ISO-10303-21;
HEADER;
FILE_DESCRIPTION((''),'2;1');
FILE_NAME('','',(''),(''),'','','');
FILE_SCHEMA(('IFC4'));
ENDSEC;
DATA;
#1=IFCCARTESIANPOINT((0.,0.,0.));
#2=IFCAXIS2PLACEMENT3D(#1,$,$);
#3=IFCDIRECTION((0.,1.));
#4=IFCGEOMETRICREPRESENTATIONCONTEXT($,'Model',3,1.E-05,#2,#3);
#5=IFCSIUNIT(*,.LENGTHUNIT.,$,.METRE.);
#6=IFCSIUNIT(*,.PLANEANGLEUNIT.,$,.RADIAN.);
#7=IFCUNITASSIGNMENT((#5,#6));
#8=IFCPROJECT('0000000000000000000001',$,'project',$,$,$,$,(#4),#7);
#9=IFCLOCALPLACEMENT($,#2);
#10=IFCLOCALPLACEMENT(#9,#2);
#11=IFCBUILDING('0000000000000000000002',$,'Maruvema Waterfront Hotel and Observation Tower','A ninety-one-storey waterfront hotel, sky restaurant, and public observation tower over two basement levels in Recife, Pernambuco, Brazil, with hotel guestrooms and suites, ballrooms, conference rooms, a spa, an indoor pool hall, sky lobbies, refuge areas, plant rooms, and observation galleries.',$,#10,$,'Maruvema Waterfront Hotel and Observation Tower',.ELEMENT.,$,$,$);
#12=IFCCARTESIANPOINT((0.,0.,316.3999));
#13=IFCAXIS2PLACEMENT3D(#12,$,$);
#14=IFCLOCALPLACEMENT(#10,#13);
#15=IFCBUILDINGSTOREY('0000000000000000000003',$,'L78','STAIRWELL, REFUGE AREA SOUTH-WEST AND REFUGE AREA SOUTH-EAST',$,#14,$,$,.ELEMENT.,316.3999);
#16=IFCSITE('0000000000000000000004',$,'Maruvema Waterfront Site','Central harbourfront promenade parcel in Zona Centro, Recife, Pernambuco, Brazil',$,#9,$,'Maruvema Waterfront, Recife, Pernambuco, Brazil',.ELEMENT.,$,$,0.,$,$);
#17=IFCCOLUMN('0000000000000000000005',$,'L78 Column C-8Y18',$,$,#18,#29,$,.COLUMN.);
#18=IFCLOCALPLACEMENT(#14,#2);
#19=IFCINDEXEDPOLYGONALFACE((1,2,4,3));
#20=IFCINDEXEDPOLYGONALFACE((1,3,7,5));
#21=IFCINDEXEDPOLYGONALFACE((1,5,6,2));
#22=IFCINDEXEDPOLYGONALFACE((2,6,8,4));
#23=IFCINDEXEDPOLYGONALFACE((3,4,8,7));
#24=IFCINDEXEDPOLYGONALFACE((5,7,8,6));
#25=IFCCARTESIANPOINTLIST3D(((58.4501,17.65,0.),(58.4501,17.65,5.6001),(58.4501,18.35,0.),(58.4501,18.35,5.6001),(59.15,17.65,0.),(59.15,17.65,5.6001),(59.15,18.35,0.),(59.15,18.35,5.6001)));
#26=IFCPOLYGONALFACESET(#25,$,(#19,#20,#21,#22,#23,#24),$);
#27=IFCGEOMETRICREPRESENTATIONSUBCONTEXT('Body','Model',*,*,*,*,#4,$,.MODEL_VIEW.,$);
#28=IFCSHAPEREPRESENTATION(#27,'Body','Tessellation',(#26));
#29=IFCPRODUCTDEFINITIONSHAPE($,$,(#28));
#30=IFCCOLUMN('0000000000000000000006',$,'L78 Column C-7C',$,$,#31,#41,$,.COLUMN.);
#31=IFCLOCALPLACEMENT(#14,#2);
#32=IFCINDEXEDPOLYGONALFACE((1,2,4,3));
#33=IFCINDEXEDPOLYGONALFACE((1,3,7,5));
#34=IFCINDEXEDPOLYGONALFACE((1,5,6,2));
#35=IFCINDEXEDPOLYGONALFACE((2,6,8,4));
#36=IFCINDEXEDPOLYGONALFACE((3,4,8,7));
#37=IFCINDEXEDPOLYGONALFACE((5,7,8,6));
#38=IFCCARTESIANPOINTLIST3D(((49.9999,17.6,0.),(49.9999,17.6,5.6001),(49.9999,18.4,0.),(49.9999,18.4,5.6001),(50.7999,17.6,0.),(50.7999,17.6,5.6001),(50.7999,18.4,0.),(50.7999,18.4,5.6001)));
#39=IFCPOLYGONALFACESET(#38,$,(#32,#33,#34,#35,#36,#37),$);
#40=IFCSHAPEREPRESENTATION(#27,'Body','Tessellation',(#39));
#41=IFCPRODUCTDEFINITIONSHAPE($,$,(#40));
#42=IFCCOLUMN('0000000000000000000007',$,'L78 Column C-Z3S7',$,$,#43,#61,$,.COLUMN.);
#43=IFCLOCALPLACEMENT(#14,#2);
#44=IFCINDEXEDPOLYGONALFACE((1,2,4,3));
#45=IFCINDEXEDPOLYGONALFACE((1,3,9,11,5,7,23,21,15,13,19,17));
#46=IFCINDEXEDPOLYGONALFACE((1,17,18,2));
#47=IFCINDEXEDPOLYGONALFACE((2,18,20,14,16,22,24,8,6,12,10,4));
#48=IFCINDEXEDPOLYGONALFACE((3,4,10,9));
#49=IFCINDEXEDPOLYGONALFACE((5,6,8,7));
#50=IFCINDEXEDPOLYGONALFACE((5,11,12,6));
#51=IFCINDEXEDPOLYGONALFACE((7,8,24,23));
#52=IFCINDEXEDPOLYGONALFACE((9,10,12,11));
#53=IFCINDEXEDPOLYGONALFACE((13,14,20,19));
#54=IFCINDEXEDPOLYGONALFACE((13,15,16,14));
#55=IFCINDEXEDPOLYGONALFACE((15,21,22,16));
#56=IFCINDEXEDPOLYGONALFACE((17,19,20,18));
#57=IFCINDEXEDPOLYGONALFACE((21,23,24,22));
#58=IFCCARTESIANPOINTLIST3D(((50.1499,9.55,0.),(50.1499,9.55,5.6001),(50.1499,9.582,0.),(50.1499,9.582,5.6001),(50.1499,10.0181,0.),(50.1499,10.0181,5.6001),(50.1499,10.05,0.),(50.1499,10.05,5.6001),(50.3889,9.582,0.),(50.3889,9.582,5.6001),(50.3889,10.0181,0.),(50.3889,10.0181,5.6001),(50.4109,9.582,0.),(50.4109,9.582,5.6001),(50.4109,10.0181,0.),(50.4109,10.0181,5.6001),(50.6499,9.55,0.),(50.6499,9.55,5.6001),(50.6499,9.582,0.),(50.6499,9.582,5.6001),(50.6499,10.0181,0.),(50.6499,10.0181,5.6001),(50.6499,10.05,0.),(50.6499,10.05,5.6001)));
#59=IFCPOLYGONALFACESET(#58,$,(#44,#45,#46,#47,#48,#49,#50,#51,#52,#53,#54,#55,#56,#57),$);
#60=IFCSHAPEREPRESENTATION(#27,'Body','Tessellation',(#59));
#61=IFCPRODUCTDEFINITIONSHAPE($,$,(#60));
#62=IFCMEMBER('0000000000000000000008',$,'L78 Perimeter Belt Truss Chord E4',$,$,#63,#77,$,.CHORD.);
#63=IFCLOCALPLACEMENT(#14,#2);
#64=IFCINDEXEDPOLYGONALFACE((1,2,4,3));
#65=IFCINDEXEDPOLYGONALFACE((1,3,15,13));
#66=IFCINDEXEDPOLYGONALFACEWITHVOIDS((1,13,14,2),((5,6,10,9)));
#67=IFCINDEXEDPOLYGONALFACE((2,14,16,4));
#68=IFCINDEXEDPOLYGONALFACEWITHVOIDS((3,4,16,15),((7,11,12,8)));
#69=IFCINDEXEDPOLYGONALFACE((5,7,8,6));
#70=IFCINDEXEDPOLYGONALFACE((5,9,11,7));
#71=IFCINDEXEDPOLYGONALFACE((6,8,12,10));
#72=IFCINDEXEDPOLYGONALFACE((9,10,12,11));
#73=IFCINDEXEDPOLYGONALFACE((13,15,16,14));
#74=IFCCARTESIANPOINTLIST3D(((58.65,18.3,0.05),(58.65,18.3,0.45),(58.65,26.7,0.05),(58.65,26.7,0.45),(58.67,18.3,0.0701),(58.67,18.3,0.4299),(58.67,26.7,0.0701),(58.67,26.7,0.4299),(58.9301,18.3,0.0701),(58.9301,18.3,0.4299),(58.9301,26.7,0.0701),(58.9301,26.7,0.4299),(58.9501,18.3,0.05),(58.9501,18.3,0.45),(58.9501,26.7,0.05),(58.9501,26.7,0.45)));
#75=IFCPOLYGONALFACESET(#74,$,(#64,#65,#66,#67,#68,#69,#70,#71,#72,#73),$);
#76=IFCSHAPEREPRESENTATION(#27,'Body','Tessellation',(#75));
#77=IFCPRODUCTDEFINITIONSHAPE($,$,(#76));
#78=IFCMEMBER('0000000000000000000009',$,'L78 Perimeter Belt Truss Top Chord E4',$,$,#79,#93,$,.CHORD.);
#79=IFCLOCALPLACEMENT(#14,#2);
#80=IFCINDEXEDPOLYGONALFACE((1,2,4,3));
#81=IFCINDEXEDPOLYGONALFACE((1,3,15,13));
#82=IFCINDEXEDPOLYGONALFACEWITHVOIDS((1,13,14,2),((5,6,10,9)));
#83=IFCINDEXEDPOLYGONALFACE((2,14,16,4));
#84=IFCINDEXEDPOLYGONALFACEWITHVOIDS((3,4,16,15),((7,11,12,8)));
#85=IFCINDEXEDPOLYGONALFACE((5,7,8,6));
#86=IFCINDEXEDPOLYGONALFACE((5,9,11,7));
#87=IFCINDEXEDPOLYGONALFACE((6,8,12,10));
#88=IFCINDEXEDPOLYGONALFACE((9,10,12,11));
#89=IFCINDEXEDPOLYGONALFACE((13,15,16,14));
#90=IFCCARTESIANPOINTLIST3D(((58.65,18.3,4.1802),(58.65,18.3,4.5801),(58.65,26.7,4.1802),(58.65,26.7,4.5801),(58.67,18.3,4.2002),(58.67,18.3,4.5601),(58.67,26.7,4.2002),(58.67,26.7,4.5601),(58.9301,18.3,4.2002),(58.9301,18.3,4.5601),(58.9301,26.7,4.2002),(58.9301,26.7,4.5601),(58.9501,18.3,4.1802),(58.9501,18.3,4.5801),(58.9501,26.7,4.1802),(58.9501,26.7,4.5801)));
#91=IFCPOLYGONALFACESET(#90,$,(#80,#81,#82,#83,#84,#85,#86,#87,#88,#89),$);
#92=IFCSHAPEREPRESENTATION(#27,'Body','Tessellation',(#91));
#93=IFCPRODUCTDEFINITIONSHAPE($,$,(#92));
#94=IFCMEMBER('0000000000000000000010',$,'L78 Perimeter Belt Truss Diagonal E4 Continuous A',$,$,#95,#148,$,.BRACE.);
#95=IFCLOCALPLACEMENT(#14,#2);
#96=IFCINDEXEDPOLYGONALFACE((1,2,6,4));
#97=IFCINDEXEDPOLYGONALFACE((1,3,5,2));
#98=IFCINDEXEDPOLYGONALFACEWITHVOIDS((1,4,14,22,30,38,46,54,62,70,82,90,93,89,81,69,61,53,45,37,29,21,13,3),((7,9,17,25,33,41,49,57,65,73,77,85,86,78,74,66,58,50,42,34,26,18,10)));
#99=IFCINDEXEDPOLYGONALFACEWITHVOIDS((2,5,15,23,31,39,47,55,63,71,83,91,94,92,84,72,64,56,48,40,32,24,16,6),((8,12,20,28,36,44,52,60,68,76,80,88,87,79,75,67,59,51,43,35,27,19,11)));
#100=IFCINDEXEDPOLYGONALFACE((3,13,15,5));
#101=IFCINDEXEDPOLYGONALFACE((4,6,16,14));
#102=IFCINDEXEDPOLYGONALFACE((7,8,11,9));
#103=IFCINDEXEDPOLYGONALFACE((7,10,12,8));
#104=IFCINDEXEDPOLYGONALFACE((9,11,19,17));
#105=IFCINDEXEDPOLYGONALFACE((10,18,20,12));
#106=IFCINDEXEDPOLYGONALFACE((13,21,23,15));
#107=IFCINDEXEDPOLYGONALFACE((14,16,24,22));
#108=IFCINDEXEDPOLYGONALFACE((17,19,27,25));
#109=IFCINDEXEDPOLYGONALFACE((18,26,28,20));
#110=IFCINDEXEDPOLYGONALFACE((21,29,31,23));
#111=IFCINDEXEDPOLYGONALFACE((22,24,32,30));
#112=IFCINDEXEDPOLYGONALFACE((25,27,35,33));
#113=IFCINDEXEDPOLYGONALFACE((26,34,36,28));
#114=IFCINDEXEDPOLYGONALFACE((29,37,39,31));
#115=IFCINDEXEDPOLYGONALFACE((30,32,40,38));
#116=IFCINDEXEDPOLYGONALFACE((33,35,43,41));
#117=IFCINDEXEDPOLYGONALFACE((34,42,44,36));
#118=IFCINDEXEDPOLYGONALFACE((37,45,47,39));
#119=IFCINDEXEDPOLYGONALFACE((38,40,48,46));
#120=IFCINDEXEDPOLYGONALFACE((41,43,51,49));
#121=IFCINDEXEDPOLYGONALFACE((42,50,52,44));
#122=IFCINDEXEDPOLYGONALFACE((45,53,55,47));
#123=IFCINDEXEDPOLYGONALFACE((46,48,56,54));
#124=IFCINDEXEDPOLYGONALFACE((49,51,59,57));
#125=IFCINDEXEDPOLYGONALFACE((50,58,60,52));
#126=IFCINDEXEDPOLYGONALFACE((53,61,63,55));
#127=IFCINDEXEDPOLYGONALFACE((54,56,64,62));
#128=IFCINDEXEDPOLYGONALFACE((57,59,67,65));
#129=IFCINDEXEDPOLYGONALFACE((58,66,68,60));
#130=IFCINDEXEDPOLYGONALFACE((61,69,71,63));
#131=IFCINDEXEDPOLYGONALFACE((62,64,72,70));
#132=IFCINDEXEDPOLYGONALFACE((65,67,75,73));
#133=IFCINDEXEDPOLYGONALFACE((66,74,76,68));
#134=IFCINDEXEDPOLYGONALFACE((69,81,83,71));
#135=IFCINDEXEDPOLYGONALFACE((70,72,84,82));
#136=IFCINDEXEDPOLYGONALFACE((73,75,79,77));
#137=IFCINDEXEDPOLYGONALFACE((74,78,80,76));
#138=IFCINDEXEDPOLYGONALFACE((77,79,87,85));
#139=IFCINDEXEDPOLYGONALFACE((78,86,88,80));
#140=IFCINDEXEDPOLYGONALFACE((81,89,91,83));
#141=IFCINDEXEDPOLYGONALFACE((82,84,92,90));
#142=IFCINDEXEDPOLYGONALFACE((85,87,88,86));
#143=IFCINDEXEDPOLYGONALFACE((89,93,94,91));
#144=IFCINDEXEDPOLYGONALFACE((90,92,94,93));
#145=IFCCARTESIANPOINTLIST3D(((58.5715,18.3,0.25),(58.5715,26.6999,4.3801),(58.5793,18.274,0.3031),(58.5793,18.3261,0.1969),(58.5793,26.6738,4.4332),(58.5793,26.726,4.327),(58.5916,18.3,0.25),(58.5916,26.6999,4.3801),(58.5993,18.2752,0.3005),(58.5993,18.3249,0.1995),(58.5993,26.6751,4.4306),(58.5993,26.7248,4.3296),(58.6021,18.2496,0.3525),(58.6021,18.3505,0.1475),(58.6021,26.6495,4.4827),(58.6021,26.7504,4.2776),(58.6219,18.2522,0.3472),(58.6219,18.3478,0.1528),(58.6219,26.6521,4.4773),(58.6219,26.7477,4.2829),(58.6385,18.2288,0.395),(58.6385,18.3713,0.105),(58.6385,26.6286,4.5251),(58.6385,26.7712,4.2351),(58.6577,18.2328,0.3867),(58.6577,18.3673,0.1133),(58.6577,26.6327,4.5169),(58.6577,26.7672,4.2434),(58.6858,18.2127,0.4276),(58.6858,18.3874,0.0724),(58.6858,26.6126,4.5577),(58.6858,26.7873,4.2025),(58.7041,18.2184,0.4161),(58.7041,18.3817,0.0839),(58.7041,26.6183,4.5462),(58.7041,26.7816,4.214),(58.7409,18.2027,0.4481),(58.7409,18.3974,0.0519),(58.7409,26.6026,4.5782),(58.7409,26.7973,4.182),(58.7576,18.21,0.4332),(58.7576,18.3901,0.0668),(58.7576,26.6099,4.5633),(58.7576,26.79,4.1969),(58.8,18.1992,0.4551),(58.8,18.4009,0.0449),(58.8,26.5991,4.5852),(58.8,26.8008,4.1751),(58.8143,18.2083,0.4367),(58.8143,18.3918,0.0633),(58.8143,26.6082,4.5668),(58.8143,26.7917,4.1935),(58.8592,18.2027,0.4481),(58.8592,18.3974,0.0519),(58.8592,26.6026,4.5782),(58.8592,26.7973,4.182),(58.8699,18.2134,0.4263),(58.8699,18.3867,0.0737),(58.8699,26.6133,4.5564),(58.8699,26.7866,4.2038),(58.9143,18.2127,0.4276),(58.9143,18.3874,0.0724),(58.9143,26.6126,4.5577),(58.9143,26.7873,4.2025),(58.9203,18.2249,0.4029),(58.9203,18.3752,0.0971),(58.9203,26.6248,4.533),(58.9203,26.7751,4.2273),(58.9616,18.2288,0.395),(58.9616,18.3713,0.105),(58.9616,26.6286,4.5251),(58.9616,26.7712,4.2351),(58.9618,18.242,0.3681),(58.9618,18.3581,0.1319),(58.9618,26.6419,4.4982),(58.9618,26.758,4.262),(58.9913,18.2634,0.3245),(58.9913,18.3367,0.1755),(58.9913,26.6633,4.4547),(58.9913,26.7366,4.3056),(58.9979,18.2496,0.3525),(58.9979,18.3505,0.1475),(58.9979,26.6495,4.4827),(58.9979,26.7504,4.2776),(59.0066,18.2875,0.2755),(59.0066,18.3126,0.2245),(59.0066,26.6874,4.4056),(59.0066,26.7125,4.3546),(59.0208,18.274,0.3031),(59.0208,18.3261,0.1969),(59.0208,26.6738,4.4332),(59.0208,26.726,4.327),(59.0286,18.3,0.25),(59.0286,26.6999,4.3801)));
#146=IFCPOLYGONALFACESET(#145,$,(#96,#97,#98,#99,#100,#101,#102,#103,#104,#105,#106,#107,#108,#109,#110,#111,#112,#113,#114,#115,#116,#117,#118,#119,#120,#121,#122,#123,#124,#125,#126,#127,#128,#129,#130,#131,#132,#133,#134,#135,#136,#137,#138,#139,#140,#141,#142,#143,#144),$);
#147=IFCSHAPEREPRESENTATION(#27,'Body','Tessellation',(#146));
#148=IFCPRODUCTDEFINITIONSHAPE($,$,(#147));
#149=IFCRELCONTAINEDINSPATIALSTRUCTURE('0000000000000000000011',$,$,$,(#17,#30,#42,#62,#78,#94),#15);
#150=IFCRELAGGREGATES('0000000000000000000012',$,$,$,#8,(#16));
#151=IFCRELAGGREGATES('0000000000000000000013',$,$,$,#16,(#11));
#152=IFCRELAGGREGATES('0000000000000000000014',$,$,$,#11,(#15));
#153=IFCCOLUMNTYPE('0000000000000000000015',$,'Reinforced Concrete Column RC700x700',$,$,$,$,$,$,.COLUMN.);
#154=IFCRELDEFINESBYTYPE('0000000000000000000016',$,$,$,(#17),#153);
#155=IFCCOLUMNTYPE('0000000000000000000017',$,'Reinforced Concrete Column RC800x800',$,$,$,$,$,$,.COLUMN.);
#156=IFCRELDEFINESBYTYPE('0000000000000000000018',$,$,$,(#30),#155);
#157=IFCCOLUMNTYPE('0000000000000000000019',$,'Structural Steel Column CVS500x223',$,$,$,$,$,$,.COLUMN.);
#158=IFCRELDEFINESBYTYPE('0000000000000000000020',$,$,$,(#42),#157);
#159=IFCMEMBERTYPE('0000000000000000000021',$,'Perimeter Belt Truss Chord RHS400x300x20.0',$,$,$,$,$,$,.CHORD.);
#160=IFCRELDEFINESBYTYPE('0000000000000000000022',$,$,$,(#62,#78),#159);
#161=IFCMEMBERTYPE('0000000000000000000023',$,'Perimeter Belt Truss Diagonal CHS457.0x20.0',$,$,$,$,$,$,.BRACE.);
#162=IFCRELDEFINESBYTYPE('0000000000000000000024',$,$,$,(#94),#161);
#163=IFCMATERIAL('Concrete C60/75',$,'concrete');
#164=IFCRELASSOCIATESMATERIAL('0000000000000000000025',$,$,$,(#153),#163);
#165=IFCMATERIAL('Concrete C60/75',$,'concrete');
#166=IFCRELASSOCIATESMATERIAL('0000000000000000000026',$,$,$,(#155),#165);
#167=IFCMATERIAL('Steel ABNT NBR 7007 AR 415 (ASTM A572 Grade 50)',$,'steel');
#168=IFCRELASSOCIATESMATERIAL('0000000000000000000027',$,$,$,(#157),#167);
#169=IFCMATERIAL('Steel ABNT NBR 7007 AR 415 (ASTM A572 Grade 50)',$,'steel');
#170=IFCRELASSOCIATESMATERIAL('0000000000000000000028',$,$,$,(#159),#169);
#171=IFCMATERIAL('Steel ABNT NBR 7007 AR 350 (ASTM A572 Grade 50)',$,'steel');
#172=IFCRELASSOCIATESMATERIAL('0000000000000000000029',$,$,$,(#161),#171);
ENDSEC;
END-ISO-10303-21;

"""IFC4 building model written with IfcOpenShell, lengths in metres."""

from ifc_helpers import new_model, si_unit, direction, frame, origin, origin_2d, place, context, subcontext, project, spatial, rectangle, hollow_rectangle, hollow_circle, i_section, extrude, material, material_profile, profile_set, type_object, element, save


model = new_model("IFC4")

# Units and contexts
model_context = context("Model", 3, precision=1e-05, world=origin(), true_north=direction((0.0, 1.0)))
body_context = subcontext(model_context, "Body", "Model", "MODEL_VIEW")
ifc_project = project(units=[si_unit("LENGTHUNIT", "METRE"), si_unit("PLANEANGLEUNIT", "RADIAN")], contexts=[model_context])

# Site, building, storey
site_placement = place(None, origin())
site = spatial("IfcSite", under=ifc_project, at=site_placement, Name="Maruvema Waterfront Site", Description="Central harbourfront promenade parcel in Zona Centro, Recife, Pernambuco, Brazil", LongName="Maruvema Waterfront, Recife, Pernambuco, Brazil", CompositionType="ELEMENT", RefElevation=0.0)
building_placement = place(site_placement, origin())
building = spatial("IfcBuilding", under=site, at=building_placement, Name="Maruvema Waterfront Hotel and Observation Tower", Description="A ninety-one-storey waterfront hotel, sky restaurant, and public observation tower over two basement levels in Recife, Pernambuco, Brazil, with hotel guestrooms and suites, ballrooms, conference rooms, a spa, an indoor pool hall, sky lobbies, refuge areas, plant rooms, and observation galleries.", LongName="Maruvema Waterfront Hotel and Observation Tower", CompositionType="ELEMENT")
storey_placement = place(building_placement, frame((0.0, 0.0, 316.3999)))
storey = spatial("IfcBuildingStorey", under=building, at=storey_placement, Name="L78", Description="STAIRWELL, REFUGE AREA SOUTH-WEST AND REFUGE AREA SOUTH-EAST", CompositionType="ELEMENT", Elevation=316.3999)

# Columns
ifc_material_1 = material(Name="Concrete C60/75", Category="concrete")
ifc_material_profile_1 = material_profile(ifc_material_1, rectangle(XDim=0.7, YDim=0.7, at=origin_2d()), Name="RC700x700")
ifc_profile_set_1 = profile_set([ifc_material_profile_1], Name="Concrete C60/75")
column_type_1 = type_object("IfcColumnType", Name="Reinforced Concrete Column RC700x700", PredefinedType="COLUMN", material=ifc_profile_set_1)
column_1_placement = place(storey_placement, frame((58.8, 18.0, 0.0), z_axis=(0.0, 0.0, 1.0), x_axis=(1.0, 0.0, 0.0)))
element("IfcColumn", 1, at=column_1_placement, inside=storey, type_object=column_type_1, Name="L78 Column C-8Y18", PredefinedType="COLUMN", context=body_context, shape_type="SweptSolid", body=[
    extrude(rectangle(XDim=0.7, YDim=0.7, at=origin_2d()), origin(), (0.0, 0.0, 1.0), 5.6001),
])
ifc_material_2 = material(Name="Concrete C60/75", Category="concrete")
ifc_material_profile_2 = material_profile(ifc_material_2, rectangle(XDim=0.8, YDim=0.8, at=origin_2d()), Name="RC800x800")
ifc_profile_set_2 = profile_set([ifc_material_profile_2], Name="Concrete C60/75")
column_type_2 = type_object("IfcColumnType", Name="Reinforced Concrete Column RC800x800", PredefinedType="COLUMN", material=ifc_profile_set_2)
column_2_placement = place(storey_placement, frame((50.3999, 18.0, 0.0), z_axis=(0.0, 0.0, 1.0), x_axis=(1.0, 0.0, 0.0)))
element("IfcColumn", 2, at=column_2_placement, inside=storey, type_object=column_type_2, Name="L78 Column C-7C", PredefinedType="COLUMN", context=body_context, shape_type="SweptSolid", body=[
    extrude(rectangle(XDim=0.8, YDim=0.8, at=origin_2d()), origin(), (0.0, 0.0, 1.0), 5.6001),
])
ifc_material_3 = material(Name="Steel ABNT NBR 7007 AR 415 (ASTM A572 Grade 50)", Category="steel")
ifc_material_profile_3 = material_profile(ifc_material_3, i_section(OverallWidth=0.5, OverallDepth=0.5, WebThickness=0.022, FlangeThickness=0.032, at=origin_2d()), Name="CVS500x223")
ifc_profile_set_3 = profile_set([ifc_material_profile_3], Name="Steel ABNT NBR 7007 AR 415 (ASTM A572 Grade 50)")
column_type_3 = type_object("IfcColumnType", Name="Structural Steel Column CVS500x223", PredefinedType="COLUMN", material=ifc_profile_set_3)
column_3_placement = place(storey_placement, frame((50.3999, 9.8, 0.0), z_axis=(0.0, 0.0, 1.0), x_axis=(1.0, 0.0, 0.0)))
element("IfcColumn", 3, at=column_3_placement, inside=storey, type_object=column_type_3, Name="L78 Column C-Z3S7", PredefinedType="COLUMN", context=body_context, shape_type="SweptSolid", body=[
    extrude(i_section(OverallWidth=0.5, OverallDepth=0.5, WebThickness=0.022, FlangeThickness=0.032, at=origin_2d()), origin(), (0.0, 0.0, 1.0), 5.6001),
])

# Members
ifc_material_4 = material(Name="Steel ABNT NBR 7007 AR 415 (ASTM A572 Grade 50)", Category="steel")
ifc_material_profile_4 = material_profile(ifc_material_4, hollow_rectangle(XDim=0.3, YDim=0.3999, WallThickness=0.02, at=origin_2d()), Name="RHS400x300x20.0")
ifc_profile_set_4 = profile_set([ifc_material_profile_4], Name="Steel ABNT NBR 7007 AR 415 (ASTM A572 Grade 50)")
member_type_1 = type_object("IfcMemberType", Name="Perimeter Belt Truss Chord RHS400x300x20.0", PredefinedType="CHORD", material=ifc_profile_set_4)
for number, where, z_axis, x_axis, name in (
    (4, (58.8, 18.3, 0.25), (0.0, 1.0, 0.0), (-1.0, 0.0, 0.0), "L78 Perimeter Belt Truss Chord E4"),
    (5, (58.8, 18.3, 4.3801), (0.0, 1.0, 0.0), (-1.0, 0.0, 0.0), "L78 Perimeter Belt Truss Top Chord E4"),
):
    element("IfcMember", number, at=place(storey_placement, frame(where, z_axis=z_axis, x_axis=x_axis)), inside=storey, type_object=member_type_1, Name=name, PredefinedType="CHORD", context=body_context, shape_type="SweptSolid", body=[
        extrude(hollow_rectangle(XDim=0.3, YDim=0.3999, WallThickness=0.02, at=origin_2d()), origin(), (0.0, 0.0, 1.0), 8.3999),
    ])
ifc_material_5 = material(Name="Steel ABNT NBR 7007 AR 350 (ASTM A572 Grade 50)", Category="steel")
ifc_material_profile_5 = material_profile(ifc_material_5, hollow_circle(Radius=0.2285, WallThickness=0.02, at=origin_2d()), Name="CHS457.0x20.0")
ifc_profile_set_5 = profile_set([ifc_material_profile_5], Name="Steel ABNT NBR 7007 AR 350 (ASTM A572 Grade 50)")
member_type_2 = type_object("IfcMemberType", Name="Perimeter Belt Truss Diagonal CHS457.0x20.0", PredefinedType="BRACE", material=ifc_profile_set_5)
member_placement = place(storey_placement, frame((58.8, 18.3, 0.25), z_axis=(0.0, 0.897391, 0.441236), x_axis=(-1.0, 0.0, 0.0)))
element("IfcMember", 6, at=member_placement, inside=storey, type_object=member_type_2, Name="L78 Perimeter Belt Truss Diagonal E4 Continuous A", PredefinedType="BRACE", context=body_context, shape_type="SweptSolid", body=[
    extrude(hollow_circle(Radius=0.2285, WallThickness=0.02, at=origin_2d()), origin(), (0.0, 0.0, 1.0), 9.3604),
])

save(model, "model.ifc")
